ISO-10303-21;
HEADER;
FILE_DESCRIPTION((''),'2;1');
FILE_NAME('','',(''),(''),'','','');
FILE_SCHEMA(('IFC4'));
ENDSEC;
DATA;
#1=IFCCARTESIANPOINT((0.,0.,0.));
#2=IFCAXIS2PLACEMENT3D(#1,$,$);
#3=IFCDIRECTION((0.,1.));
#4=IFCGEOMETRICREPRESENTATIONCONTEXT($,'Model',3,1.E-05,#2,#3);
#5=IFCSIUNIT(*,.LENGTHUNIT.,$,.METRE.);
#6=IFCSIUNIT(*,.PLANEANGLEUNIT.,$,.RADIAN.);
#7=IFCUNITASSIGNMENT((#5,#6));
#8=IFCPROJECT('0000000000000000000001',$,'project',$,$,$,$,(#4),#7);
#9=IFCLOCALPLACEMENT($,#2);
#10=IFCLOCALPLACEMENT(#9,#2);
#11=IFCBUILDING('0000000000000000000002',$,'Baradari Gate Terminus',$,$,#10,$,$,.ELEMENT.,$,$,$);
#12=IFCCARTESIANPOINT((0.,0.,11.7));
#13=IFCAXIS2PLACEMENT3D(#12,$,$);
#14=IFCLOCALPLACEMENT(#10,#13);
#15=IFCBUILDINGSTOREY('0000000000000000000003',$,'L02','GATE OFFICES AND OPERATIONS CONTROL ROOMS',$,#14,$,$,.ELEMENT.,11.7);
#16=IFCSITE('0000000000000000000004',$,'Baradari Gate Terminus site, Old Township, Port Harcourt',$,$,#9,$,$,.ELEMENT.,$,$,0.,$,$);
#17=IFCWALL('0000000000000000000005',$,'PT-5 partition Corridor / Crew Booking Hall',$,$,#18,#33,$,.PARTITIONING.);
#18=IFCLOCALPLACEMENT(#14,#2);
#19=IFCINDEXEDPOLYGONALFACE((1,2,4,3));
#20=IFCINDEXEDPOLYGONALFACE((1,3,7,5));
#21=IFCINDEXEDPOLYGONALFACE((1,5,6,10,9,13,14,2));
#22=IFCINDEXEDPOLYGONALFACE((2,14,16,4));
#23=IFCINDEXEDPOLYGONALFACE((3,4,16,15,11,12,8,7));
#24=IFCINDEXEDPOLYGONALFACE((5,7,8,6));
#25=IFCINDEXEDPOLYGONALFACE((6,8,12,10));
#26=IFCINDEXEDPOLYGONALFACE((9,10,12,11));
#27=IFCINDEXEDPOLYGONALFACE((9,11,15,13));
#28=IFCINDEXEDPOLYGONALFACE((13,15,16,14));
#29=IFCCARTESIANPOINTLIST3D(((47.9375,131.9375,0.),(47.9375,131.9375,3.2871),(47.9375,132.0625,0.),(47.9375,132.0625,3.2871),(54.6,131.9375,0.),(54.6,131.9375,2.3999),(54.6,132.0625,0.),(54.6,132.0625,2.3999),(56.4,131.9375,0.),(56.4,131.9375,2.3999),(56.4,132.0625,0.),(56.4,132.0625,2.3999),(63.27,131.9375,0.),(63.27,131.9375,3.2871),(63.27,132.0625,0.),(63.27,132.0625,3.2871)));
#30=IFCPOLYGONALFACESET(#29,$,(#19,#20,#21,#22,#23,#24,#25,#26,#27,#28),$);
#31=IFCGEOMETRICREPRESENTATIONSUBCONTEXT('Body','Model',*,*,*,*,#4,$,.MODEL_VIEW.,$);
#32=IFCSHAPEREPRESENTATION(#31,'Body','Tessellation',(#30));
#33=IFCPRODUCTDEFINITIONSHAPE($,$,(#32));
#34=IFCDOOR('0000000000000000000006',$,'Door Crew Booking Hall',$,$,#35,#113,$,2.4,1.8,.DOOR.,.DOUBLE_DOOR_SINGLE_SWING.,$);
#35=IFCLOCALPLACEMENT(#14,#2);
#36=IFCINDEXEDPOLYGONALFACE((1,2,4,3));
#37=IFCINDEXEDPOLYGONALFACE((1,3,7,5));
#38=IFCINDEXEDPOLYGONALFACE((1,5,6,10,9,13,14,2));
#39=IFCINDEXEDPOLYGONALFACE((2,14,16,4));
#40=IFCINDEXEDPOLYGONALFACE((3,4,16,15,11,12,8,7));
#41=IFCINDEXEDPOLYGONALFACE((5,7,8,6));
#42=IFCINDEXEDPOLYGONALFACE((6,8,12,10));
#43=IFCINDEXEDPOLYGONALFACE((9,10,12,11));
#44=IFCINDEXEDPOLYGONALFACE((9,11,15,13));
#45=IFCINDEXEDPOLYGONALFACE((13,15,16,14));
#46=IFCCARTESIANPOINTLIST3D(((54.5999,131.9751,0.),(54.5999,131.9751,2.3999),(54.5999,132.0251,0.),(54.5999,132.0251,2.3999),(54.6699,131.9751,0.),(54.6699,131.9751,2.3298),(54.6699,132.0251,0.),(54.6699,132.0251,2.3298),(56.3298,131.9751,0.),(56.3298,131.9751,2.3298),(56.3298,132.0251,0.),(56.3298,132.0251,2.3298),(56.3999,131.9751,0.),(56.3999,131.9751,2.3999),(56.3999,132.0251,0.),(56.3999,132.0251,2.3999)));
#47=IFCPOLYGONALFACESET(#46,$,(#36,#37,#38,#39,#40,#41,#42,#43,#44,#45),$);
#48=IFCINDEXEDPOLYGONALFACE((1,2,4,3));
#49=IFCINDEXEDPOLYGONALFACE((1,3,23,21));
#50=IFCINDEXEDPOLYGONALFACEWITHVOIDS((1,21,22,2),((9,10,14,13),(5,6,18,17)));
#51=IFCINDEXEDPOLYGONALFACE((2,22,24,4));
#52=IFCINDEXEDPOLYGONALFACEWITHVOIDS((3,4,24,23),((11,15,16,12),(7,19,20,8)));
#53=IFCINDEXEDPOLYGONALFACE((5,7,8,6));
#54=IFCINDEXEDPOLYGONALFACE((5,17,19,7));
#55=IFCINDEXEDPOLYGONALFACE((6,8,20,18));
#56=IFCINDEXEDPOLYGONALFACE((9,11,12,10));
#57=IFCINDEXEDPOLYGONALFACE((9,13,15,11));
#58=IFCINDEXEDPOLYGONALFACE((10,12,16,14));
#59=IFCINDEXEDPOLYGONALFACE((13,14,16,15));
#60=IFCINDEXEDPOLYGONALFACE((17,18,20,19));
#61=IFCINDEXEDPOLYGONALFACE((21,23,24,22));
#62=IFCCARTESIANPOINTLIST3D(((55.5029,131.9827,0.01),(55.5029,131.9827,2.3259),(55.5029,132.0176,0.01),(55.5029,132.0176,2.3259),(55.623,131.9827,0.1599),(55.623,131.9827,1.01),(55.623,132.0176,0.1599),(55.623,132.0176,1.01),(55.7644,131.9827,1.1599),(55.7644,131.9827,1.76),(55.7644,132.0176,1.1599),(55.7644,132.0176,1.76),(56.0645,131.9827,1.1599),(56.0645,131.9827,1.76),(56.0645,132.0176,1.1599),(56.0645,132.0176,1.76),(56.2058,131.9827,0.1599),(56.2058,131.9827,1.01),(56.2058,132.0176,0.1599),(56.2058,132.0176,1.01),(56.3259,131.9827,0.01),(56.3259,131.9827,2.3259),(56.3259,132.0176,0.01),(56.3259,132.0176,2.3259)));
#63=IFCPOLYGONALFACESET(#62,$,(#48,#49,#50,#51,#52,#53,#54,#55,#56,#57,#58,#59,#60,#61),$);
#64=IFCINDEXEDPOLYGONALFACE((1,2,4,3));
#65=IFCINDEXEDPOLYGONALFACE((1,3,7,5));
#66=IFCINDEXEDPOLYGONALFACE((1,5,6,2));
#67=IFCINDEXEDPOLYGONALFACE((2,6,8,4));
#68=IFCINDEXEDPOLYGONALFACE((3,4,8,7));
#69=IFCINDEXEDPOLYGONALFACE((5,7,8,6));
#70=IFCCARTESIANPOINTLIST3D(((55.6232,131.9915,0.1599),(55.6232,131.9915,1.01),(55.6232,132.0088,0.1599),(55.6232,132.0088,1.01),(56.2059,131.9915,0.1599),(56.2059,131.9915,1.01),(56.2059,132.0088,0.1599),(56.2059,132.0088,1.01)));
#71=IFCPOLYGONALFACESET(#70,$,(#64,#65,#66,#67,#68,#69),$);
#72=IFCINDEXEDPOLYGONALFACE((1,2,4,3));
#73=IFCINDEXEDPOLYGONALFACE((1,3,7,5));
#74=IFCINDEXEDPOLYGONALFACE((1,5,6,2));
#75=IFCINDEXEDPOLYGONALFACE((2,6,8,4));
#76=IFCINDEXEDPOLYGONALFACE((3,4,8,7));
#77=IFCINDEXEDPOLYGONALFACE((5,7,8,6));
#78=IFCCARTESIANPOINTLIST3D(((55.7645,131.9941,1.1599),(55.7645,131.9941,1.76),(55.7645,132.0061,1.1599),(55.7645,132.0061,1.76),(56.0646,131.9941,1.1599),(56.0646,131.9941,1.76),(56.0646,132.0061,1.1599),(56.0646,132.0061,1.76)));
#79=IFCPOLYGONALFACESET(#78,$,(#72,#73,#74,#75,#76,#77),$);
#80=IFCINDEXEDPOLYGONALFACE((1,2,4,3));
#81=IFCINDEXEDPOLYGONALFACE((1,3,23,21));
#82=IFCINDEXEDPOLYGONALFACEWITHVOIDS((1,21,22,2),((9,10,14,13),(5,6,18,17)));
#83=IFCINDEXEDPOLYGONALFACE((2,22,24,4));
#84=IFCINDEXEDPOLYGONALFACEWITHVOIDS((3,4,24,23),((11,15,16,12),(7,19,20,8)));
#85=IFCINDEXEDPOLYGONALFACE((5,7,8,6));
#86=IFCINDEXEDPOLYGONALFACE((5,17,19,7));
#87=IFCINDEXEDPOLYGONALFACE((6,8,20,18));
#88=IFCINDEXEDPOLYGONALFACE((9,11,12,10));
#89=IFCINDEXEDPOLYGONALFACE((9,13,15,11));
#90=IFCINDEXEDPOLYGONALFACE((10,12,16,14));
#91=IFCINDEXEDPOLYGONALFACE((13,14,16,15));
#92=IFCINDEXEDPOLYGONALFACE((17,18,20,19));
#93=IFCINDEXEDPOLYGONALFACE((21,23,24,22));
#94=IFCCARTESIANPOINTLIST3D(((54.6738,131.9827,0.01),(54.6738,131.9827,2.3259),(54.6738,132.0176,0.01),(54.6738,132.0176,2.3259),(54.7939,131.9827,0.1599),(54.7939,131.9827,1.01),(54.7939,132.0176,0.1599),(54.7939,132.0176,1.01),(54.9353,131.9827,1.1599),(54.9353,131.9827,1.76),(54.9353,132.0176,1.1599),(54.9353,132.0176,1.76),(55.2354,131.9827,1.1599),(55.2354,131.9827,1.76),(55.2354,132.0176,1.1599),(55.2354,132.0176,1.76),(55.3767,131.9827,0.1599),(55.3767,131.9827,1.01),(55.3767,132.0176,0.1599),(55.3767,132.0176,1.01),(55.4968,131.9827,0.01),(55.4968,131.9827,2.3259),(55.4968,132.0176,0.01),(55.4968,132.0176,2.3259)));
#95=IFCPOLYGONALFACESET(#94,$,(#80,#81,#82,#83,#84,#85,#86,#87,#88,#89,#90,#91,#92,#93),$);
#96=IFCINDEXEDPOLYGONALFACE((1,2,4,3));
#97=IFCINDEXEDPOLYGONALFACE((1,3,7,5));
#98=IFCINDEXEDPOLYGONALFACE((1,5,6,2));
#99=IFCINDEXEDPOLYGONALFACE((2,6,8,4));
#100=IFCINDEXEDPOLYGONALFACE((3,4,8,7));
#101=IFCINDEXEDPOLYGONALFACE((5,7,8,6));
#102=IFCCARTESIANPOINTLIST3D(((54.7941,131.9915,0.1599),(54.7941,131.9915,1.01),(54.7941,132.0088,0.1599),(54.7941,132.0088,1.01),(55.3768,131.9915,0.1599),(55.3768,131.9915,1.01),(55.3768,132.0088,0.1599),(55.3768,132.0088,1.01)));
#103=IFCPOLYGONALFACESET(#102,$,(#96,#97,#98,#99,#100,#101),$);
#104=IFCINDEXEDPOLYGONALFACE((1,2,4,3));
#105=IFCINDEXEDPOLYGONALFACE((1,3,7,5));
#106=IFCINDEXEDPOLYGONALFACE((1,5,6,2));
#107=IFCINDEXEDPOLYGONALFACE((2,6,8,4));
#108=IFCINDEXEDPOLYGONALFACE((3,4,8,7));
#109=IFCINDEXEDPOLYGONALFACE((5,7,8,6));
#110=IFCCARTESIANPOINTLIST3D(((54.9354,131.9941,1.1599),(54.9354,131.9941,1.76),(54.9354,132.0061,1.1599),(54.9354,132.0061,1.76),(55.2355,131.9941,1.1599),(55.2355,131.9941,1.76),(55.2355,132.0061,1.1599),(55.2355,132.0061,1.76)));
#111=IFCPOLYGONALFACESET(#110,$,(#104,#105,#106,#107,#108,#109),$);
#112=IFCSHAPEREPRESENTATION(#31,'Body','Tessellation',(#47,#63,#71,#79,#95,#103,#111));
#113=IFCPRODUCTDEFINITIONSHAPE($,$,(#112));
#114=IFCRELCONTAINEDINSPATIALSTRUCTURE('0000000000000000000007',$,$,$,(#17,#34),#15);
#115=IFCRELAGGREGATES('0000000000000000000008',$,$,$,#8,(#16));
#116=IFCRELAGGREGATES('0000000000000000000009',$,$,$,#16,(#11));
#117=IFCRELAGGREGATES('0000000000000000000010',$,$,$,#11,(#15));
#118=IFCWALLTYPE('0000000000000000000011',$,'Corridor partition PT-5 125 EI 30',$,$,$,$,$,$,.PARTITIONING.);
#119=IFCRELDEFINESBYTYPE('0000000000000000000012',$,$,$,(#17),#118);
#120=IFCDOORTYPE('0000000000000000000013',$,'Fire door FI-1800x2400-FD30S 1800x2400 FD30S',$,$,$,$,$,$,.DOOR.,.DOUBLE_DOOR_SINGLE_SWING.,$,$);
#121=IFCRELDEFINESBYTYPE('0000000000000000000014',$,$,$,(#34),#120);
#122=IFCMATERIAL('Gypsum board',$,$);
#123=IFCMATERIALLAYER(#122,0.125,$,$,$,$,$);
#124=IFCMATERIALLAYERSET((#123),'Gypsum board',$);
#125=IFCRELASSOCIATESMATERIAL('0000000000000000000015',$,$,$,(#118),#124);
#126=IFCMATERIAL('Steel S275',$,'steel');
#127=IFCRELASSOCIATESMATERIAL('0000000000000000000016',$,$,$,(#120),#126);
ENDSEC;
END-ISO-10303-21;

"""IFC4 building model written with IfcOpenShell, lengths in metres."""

from ifc_helpers import new_model, si_unit, direction, frame, frame_2d, origin, place, context, subcontext, project, spatial, polyline, rectangle, outline, extrude, material, layer, layer_set, type_object, element, fill, save


model = new_model("IFC4")

# Units and contexts
model_context = context("Model", 3, precision=1e-05, world=origin(), true_north=direction((0.0, 1.0)))
body_context = subcontext(model_context, "Body", "Model", "MODEL_VIEW")
ifc_project = project(units=[si_unit("LENGTHUNIT", "METRE"), si_unit("PLANEANGLEUNIT", "RADIAN")], contexts=[model_context])

# Site, building, storey
site_placement = place(None, origin())
site = spatial("IfcSite", under=ifc_project, at=site_placement, Name="Baradari Gate Terminus site, Old Township, Port Harcourt", CompositionType="ELEMENT", RefElevation=0.0)
building_placement = place(site_placement, origin())
building = spatial("IfcBuilding", under=site, at=building_placement, Name="Baradari Gate Terminus", CompositionType="ELEMENT")
storey_placement = place(building_placement, frame((0.0, 0.0, 11.7)))
storey = spatial("IfcBuildingStorey", under=building, at=storey_placement, Name="L02", Description="GATE OFFICES AND OPERATIONS CONTROL ROOMS", CompositionType="ELEMENT", Elevation=11.7)

# Wall, opening, door
ifc_material_1 = material(Name="Gypsum board")
ifc_layer_1 = layer(ifc_material_1, 0.125)
ifc_layer_set_1 = layer_set([ifc_layer_1], Name="Gypsum board")
wall_type_1 = type_object("IfcWallType", Name="Corridor partition PT-5 125 EI 30", PredefinedType="PARTITIONING", material=ifc_layer_set_1)
wall_1_placement = place(storey_placement, frame((63.27, 132.0, 0.0), z_axis=(0.0, 0.0, 1.0), x_axis=(-1.0, 0.0, 0.0)))
wall_1 = element("IfcWall", 1, at=wall_1_placement, inside=storey, type_object=wall_type_1, Name="PT-5 partition Corridor / Crew Booking Hall", PredefinedType="PARTITIONING", context=body_context, shape_type="SweptSolid", body=[
    extrude(rectangle(XDim=15.3325, YDim=0.125, at=frame_2d((7.6663, 0.0))), origin(), (0.0, 0.0, 1.0), 3.2871),
])
opening_1_placement = place(wall_1_placement, frame((6.8701, 0.0, 0.0)))
opening_1 = element("IfcOpeningElement", 2, at=opening_1_placement, cuts=wall_1, PredefinedType="OPENING", context=body_context, shape_type="SweptSolid", body=[
    extrude(rectangle(XDim=1.8, YDim=2.3999, at=frame_2d((0.8999, 1.2))), frame((0.0, 0.0725, 0.0), z_axis=(0.0, -1.0, 0.0), x_axis=(1.0, 0.0, 0.0)), (0.0, 0.0, 1.0), 0.145),
])
ifc_material_2 = material(Name="Steel S275", Category="steel")
door_type_1 = type_object("IfcDoorType", Name="Fire door FI-1800x2400-FD30S 1800x2400 FD30S", OperationType="DOUBLE_DOOR_SINGLE_SWING", PredefinedType="DOOR", material=ifc_material_2)
door_1_placement = place(opening_1_placement, origin())
door_1 = element("IfcDoor", 3, at=door_1_placement, inside=storey, type_object=door_type_1, Name="Door Crew Booking Hall", OperationType="DOUBLE_DOOR_SINGLE_SWING", OverallHeight=2.4, OverallWidth=1.8, PredefinedType="DOOR", context=body_context, shape_type="SweptSolid", body=[
    extrude(outline(polyline([(0.0, 0.0), (0.0701, 0.0), (0.0701, 2.3298), (1.73, 2.3298), (1.73, 0.0), (1.8, 0.0), (1.8, 2.3999), (0.0, 2.3999), (0.0, 0.0)])), frame((0.0, 0.0249, 0.0), z_axis=(0.0, -1.0, 0.0), x_axis=(1.0, 0.0, 0.0)), (0.0, 0.0, 1.0), 0.05),
    extrude(outline(polyline([(0.074, 0.01), (0.897, 0.01), (0.897, 2.3259), (0.074, 2.3259), (0.074, 0.01)]), holes=[polyline([(0.1941, 0.1599), (0.7769, 0.1599), (0.7769, 1.01), (0.1941, 1.01), (0.1941, 0.1599)]), polyline([(0.3354, 1.1599), (0.6355, 1.1599), (0.6355, 1.76), (0.3354, 1.76), (0.3354, 1.1599)])]), frame((0.0, 0.0173, 0.0), z_axis=(0.0, -1.0, 0.0), x_axis=(1.0, 0.0, 0.0)), (0.0, 0.0, 1.0), 0.0349),
    extrude(rectangle(XDim=0.5828, YDim=0.8501, at=frame_2d((0.4854, 0.585))), frame((0.0, 0.0085, 0.0), z_axis=(0.0, -1.0, 0.0), x_axis=(1.0, 0.0, 0.0)), (0.0, 0.0, 1.0), 0.0173),
    extrude(rectangle(XDim=0.3, YDim=0.6001, at=frame_2d((0.4854, 1.46))), frame((0.0, 0.0059, 0.0), z_axis=(0.0, -1.0, 0.0), x_axis=(1.0, 0.0, 0.0)), (0.0, 0.0, 1.0), 0.012),
    extrude(outline(polyline([(0.9031, 0.01), (1.7261, 0.01), (1.7261, 2.3259), (0.9031, 2.3259), (0.9031, 0.01)]), holes=[polyline([(1.0232, 0.1599), (1.606, 0.1599), (1.606, 1.01), (1.0232, 1.01), (1.0232, 0.1599)]), polyline([(1.1646, 1.1599), (1.4646, 1.1599), (1.4646, 1.76), (1.1646, 1.76), (1.1646, 1.1599)])]), frame((0.0, 0.0173, 0.0), z_axis=(0.0, -1.0, 0.0), x_axis=(1.0, 0.0, 0.0)), (0.0, 0.0, 1.0), 0.0349),
    extrude(rectangle(XDim=0.5828, YDim=0.8501, at=frame_2d((1.3145, 0.585))), frame((0.0, 0.0085, 0.0), z_axis=(0.0, -1.0, 0.0), x_axis=(1.0, 0.0, 0.0)), (0.0, 0.0, 1.0), 0.0173),
    extrude(rectangle(XDim=0.3, YDim=0.6001, at=frame_2d((1.3145, 1.46))), frame((0.0, 0.0059, 0.0), z_axis=(0.0, -1.0, 0.0), x_axis=(1.0, 0.0, 0.0)), (0.0, 0.0, 1.0), 0.012),
])
fill(opening_1, door_1)

save(model, "model.ifc")
